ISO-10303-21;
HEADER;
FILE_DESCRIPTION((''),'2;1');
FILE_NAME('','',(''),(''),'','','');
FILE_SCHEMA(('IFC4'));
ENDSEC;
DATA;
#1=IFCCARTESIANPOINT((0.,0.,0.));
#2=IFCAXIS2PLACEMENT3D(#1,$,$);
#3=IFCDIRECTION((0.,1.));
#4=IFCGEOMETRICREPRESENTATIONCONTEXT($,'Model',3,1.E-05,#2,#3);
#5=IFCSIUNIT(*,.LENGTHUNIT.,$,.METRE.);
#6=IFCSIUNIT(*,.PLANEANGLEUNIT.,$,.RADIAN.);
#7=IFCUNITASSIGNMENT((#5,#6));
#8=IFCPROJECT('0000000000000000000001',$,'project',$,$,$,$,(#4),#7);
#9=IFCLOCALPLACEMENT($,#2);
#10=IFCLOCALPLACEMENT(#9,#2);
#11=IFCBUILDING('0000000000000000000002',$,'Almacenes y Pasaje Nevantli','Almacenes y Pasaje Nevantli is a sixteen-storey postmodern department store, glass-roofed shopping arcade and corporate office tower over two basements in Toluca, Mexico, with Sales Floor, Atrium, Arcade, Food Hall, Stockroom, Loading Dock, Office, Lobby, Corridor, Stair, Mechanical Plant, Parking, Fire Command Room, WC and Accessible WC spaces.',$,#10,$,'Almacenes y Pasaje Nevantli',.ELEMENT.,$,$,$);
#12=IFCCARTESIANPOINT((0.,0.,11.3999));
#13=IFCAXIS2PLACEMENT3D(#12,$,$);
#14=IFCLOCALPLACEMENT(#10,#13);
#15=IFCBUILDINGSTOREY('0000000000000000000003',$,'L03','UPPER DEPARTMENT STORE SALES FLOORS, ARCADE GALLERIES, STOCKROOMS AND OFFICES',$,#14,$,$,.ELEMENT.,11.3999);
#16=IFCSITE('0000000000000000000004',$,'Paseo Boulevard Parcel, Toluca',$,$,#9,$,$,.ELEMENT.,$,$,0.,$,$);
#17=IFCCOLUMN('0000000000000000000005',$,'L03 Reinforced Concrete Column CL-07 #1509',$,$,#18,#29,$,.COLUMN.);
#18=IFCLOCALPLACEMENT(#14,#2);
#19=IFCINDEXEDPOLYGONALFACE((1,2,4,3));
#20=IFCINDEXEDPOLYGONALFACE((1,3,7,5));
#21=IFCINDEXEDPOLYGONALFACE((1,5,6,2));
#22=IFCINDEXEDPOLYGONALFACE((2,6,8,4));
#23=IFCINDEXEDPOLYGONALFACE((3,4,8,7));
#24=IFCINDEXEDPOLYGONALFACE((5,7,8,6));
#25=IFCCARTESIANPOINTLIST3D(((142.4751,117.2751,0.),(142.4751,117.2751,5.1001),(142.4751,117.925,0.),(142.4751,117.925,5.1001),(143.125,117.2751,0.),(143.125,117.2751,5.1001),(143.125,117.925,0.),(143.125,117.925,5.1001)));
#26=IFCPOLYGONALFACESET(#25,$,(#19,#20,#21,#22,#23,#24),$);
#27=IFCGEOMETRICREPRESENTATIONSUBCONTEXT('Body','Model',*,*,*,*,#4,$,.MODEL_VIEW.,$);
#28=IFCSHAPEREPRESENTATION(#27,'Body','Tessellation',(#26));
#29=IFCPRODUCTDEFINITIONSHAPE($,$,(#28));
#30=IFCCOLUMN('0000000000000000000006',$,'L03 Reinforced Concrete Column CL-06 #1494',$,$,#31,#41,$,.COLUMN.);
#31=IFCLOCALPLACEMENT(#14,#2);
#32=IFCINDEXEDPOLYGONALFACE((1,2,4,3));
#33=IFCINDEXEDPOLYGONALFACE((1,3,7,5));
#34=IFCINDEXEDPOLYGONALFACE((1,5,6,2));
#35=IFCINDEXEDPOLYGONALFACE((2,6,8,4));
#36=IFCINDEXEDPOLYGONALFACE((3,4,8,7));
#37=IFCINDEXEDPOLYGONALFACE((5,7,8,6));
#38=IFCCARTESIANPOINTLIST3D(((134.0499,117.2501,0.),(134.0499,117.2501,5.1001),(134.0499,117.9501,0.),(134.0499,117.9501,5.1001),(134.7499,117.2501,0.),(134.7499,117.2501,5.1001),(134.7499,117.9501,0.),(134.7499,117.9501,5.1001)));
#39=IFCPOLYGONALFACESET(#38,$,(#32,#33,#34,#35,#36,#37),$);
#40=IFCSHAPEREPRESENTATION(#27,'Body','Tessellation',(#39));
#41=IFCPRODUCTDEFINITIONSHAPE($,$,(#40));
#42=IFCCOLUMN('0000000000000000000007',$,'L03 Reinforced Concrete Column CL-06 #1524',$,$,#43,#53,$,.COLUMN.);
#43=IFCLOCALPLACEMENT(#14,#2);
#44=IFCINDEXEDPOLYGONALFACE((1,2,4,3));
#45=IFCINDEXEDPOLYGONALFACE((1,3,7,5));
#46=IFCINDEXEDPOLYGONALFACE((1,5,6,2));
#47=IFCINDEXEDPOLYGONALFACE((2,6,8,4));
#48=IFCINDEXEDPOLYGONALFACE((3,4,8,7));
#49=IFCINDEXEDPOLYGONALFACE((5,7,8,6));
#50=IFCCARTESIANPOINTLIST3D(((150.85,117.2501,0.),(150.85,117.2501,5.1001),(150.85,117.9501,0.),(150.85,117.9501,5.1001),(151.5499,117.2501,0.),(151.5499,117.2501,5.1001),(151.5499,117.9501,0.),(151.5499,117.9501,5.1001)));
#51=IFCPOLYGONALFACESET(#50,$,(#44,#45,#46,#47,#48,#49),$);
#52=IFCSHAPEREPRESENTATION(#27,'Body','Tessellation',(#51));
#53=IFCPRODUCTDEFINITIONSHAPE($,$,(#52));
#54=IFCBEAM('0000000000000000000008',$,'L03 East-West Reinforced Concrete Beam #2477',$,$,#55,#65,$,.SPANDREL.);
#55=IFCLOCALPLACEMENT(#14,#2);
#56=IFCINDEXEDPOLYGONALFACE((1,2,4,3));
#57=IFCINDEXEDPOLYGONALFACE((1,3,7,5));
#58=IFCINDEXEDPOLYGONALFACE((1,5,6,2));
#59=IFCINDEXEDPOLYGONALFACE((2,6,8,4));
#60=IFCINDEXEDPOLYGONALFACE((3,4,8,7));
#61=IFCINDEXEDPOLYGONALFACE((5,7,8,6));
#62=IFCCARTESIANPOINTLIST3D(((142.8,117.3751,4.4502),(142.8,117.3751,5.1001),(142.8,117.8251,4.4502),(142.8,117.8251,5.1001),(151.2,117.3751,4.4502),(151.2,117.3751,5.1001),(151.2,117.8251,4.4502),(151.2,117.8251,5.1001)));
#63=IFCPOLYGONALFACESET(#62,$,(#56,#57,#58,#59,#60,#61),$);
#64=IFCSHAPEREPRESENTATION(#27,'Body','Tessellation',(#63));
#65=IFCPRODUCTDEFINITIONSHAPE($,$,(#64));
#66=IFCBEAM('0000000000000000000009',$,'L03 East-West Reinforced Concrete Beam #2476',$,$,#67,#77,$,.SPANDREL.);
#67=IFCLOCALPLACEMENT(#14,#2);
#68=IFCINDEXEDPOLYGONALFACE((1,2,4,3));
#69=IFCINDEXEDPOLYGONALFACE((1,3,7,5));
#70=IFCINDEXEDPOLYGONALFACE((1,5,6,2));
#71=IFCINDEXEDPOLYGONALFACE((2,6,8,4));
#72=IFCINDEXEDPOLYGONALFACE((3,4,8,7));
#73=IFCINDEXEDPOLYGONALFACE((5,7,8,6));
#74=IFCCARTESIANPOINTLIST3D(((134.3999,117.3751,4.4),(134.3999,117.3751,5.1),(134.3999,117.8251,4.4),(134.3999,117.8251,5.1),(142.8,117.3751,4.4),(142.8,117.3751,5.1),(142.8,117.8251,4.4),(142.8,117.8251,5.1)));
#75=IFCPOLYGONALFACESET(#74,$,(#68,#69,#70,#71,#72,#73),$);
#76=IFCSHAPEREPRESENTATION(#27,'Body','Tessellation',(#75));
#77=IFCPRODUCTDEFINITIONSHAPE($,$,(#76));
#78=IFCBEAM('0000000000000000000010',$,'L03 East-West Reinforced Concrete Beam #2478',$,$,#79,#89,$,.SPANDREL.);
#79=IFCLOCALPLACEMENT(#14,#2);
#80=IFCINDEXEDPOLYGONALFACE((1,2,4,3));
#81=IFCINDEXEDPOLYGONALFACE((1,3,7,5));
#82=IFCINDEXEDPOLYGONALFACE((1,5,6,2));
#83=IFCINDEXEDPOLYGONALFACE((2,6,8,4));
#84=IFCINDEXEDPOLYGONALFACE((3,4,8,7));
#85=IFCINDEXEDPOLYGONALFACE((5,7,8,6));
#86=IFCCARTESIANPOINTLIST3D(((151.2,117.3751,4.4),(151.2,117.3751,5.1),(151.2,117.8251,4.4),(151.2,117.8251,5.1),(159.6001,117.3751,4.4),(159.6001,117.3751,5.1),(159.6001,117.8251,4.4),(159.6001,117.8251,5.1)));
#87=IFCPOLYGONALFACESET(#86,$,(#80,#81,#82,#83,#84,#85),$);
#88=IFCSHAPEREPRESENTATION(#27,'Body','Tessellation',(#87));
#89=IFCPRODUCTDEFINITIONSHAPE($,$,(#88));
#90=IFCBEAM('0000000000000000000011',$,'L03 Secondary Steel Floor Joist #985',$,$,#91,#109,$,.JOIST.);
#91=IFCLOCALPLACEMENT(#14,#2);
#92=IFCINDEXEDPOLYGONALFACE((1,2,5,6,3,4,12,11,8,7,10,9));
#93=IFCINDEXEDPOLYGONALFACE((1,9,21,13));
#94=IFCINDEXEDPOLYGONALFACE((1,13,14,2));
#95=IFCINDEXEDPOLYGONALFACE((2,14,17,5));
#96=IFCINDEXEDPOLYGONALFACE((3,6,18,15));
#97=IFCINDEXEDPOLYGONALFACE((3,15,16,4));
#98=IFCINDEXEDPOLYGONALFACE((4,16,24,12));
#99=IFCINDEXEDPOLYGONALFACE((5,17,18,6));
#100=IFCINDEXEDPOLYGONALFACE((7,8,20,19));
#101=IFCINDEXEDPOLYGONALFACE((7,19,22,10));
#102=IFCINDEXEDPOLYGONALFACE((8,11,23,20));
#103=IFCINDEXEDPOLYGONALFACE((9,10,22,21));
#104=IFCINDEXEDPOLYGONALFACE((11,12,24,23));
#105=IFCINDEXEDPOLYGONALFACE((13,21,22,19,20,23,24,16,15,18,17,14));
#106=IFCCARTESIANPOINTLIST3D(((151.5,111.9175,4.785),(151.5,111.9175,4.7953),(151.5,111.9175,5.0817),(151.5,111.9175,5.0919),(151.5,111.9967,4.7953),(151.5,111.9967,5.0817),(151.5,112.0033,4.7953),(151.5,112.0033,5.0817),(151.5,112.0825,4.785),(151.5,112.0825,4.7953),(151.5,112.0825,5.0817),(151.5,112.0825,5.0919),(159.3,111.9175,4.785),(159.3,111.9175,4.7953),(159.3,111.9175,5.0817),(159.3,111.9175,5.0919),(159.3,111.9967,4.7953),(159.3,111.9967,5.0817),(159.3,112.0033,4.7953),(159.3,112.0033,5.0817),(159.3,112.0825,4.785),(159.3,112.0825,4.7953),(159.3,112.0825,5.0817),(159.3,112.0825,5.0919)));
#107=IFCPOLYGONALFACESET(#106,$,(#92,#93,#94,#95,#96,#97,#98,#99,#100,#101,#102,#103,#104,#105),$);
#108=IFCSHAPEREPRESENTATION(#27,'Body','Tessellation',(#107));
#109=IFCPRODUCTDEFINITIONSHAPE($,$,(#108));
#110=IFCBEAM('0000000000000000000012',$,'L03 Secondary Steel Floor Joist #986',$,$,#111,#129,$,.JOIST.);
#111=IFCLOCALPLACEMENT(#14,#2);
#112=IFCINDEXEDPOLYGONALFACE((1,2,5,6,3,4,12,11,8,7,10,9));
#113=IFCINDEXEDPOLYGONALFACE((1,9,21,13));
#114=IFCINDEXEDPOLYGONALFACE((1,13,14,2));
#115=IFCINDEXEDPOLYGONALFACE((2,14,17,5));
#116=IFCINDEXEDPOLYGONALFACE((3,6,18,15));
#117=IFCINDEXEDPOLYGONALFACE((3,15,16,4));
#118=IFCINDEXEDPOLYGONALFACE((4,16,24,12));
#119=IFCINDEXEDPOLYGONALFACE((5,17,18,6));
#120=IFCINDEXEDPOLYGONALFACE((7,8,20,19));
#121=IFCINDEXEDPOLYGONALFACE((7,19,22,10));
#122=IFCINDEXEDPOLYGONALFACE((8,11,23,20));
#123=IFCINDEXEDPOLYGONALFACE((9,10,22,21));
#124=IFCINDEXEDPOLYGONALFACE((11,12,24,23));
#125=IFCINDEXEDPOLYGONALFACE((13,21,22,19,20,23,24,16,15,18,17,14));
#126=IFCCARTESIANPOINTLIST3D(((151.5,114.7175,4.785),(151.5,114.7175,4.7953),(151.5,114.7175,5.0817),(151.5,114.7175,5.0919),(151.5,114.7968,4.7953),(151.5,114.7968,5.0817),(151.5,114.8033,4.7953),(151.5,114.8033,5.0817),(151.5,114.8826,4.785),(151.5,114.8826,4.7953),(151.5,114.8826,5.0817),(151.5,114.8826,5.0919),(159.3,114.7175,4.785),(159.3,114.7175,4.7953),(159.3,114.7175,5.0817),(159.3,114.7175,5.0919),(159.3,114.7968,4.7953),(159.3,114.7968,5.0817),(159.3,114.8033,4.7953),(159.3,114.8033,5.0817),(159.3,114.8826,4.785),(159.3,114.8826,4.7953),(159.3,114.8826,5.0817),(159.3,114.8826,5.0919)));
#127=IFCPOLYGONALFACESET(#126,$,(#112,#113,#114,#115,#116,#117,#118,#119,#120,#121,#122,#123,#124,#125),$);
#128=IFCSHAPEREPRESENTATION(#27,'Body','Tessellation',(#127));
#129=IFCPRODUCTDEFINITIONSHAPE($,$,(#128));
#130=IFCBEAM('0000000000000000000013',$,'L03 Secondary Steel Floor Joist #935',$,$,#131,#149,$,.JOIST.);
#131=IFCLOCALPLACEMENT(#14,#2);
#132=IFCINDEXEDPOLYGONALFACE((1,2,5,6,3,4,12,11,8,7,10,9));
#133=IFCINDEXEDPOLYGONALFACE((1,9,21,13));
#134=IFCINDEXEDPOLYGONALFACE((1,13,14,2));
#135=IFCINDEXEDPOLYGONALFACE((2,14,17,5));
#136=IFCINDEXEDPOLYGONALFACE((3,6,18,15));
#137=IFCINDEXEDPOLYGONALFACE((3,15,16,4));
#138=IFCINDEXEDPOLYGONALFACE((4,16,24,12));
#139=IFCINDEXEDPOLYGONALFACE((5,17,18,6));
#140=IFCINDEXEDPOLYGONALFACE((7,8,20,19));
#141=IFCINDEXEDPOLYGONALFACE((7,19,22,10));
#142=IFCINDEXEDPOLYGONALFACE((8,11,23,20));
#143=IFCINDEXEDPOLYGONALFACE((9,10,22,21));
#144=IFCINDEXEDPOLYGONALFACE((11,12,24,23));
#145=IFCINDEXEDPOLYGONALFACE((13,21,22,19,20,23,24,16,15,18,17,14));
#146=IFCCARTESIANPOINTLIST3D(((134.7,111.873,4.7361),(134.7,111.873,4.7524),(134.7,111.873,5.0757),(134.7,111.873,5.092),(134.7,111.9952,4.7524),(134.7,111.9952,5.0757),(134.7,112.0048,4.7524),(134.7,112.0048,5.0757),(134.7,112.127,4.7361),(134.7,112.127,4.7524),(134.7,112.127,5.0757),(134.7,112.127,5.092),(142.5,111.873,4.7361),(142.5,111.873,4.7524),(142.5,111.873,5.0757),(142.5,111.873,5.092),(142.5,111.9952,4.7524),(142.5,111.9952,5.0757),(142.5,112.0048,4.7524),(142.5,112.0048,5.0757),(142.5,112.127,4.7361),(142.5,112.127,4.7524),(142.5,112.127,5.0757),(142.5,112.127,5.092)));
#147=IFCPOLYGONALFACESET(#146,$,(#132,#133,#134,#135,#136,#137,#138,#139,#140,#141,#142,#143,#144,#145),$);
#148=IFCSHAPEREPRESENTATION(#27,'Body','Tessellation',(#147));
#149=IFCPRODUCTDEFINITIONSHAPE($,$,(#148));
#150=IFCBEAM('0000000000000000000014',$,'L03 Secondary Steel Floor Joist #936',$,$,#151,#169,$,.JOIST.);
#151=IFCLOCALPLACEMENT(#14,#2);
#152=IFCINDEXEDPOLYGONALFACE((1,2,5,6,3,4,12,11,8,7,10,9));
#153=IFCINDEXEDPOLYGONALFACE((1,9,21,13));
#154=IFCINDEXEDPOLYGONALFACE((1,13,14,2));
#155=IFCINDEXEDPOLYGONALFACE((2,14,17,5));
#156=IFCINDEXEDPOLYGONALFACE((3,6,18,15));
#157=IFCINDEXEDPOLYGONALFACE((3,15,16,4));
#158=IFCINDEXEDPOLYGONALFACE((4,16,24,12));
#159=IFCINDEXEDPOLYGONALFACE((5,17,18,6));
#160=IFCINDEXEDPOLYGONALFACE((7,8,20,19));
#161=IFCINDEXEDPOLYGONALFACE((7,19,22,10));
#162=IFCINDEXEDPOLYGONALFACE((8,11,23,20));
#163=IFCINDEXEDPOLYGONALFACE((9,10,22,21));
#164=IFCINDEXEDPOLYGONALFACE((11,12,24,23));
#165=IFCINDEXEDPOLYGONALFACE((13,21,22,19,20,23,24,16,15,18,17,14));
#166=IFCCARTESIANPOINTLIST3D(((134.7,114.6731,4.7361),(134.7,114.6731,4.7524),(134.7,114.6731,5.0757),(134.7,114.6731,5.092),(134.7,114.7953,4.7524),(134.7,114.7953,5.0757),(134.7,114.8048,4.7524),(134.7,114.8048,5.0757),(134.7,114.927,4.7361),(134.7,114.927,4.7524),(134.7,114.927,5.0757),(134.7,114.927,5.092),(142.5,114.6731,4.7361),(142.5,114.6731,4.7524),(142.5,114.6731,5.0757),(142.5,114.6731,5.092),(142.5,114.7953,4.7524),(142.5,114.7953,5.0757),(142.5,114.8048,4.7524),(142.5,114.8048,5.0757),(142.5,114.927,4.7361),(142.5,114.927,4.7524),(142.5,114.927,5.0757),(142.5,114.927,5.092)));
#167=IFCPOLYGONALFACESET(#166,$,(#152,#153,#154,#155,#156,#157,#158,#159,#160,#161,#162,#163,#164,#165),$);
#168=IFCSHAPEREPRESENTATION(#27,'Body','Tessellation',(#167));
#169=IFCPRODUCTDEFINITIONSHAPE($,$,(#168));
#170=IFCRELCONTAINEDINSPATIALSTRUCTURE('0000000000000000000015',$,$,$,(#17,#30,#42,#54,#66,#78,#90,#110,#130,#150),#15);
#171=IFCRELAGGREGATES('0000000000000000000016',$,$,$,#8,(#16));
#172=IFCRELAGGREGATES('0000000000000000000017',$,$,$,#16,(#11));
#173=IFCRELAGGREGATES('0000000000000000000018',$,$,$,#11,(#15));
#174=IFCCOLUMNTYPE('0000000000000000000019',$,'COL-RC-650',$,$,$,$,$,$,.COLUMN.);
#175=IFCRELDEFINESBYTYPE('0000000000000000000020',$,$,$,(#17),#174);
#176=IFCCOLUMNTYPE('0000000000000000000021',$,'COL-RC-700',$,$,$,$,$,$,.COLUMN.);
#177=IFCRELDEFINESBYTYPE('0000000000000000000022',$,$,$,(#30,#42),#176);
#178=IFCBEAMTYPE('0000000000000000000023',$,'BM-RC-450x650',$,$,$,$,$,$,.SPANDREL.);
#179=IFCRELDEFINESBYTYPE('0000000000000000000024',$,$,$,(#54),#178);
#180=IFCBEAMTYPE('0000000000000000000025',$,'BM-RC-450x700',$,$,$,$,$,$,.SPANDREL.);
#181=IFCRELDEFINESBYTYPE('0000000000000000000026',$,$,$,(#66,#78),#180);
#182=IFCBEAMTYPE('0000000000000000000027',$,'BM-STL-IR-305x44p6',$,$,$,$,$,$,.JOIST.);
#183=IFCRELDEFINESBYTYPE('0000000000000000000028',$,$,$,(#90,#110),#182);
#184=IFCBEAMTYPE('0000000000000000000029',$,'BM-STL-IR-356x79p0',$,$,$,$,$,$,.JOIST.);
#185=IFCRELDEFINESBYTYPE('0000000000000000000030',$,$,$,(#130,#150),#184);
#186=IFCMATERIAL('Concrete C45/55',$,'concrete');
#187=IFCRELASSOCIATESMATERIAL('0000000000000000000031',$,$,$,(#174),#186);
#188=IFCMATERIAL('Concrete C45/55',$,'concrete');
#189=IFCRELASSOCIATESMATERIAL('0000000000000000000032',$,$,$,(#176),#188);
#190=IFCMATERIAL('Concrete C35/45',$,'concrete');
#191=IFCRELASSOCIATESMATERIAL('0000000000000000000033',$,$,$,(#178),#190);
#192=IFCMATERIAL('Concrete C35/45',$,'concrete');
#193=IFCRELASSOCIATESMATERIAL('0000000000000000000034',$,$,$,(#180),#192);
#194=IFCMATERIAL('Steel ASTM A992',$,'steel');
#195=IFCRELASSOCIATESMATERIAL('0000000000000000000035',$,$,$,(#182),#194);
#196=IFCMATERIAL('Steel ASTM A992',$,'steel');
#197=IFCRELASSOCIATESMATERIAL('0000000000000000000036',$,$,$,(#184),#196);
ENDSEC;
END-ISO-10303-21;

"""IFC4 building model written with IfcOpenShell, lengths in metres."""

from ifc_helpers import new_model, si_unit, direction, frame, origin, origin_2d, place, context, subcontext, project, spatial, rectangle, i_section, extrude, material, material_profile, profile_set, type_object, element, save


model = new_model("IFC4")

# Units and contexts
model_context = context("Model", 3, precision=1e-05, world=origin(), true_north=direction((0.0, 1.0)))
body_context = subcontext(model_context, "Body", "Model", "MODEL_VIEW")
ifc_project = project(units=[si_unit("LENGTHUNIT", "METRE"), si_unit("PLANEANGLEUNIT", "RADIAN")], contexts=[model_context])

# Site, building, storey
site_placement = place(None, origin())
site = spatial("IfcSite", under=ifc_project, at=site_placement, Name="Paseo Boulevard Parcel, Toluca", CompositionType="ELEMENT", RefElevation=0.0)
building_placement = place(site_placement, origin())
building = spatial("IfcBuilding", under=site, at=building_placement, Name="Almacenes y Pasaje Nevantli", Description="Almacenes y Pasaje Nevantli is a sixteen-storey postmodern department store, glass-roofed shopping arcade and corporate office tower over two basements in Toluca, Mexico, with Sales Floor, Atrium, Arcade, Food Hall, Stockroom, Loading Dock, Office, Lobby, Corridor, Stair, Mechanical Plant, Parking, Fire Command Room, WC and Accessible WC spaces.", LongName="Almacenes y Pasaje Nevantli", CompositionType="ELEMENT")
storey_placement = place(building_placement, frame((0.0, 0.0, 11.3999)))
storey = spatial("IfcBuildingStorey", under=building, at=storey_placement, Name="L03", Description="UPPER DEPARTMENT STORE SALES FLOORS, ARCADE GALLERIES, STOCKROOMS AND OFFICES", CompositionType="ELEMENT", Elevation=11.3999)

# Columns
ifc_material_1 = material(Name="Concrete C45/55", Category="concrete")
ifc_material_profile_1 = material_profile(ifc_material_1, rectangle(XDim=0.6499, YDim=0.6499, at=origin_2d()), Name="RC-COL-650x650")
ifc_profile_set_1 = profile_set([ifc_material_profile_1], Name="Concrete C45/55")
column_type_1 = type_object("IfcColumnType", Name="COL-RC-650", PredefinedType="COLUMN", material=ifc_profile_set_1)
column_placement = place(storey_placement, frame((142.8, 117.6001, 0.0), z_axis=(0.0, 0.0, 1.0), x_axis=(1.0, 0.0, 0.0)))
element("IfcColumn", 1, at=column_placement, inside=storey, type_object=column_type_1, Name="L03 Reinforced Concrete Column CL-07 #1509", PredefinedType="COLUMN", context=body_context, shape_type="SweptSolid", body=[
    extrude(rectangle(XDim=0.6499, YDim=0.6499, at=origin_2d()), origin(), (0.0, 0.0, 1.0), 5.1001),
])
ifc_material_2 = material(Name="Concrete C45/55", Category="concrete")
ifc_material_profile_2 = material_profile(ifc_material_2, rectangle(XDim=0.7, YDim=0.7, at=origin_2d()), Name="RC-COL-700x700")
ifc_profile_set_2 = profile_set([ifc_material_profile_2], Name="Concrete C45/55")
column_type_2 = type_object("IfcColumnType", Name="COL-RC-700", PredefinedType="COLUMN", material=ifc_profile_set_2)
for number, where, z_axis, x_axis, name in (
    (2, (134.3999, 117.6001, 0.0), (0.0, 0.0, 1.0), (1.0, 0.0, 0.0), "L03 Reinforced Concrete Column CL-06 #1494"),
    (3, (151.2, 117.6001, 0.0), (0.0, 0.0, 1.0), (1.0, 0.0, 0.0), "L03 Reinforced Concrete Column CL-06 #1524"),
):
    element("IfcColumn", number, at=place(storey_placement, frame(where, z_axis=z_axis, x_axis=x_axis)), inside=storey, type_object=column_type_2, Name=name, PredefinedType="COLUMN", context=body_context, shape_type="SweptSolid", body=[
        extrude(rectangle(XDim=0.7, YDim=0.7, at=origin_2d()), origin(), (0.0, 0.0, 1.0), 5.1001),
    ])

# Beams
ifc_material_3 = material(Name="Concrete C35/45", Category="concrete")
ifc_material_profile_3 = material_profile(ifc_material_3, rectangle(XDim=0.45, YDim=0.6499, at=origin_2d()), Name="RC-BM-450x650")
ifc_profile_set_3 = profile_set([ifc_material_profile_3], Name="Concrete C35/45")
beam_type_1 = type_object("IfcBeamType", Name="BM-RC-450x650", PredefinedType="SPANDREL", material=ifc_profile_set_3)
beam_placement = place(storey_placement, frame((142.8, 117.6001, 4.7751), z_axis=(1.0, 0.0, 0.0), x_axis=(0.0, 1.0, 0.0)))
element("IfcBeam", 4, at=beam_placement, inside=storey, type_object=beam_type_1, Name="L03 East-West Reinforced Concrete Beam #2477", PredefinedType="SPANDREL", context=body_context, shape_type="SweptSolid", body=[
    extrude(rectangle(XDim=0.45, YDim=0.6499, at=origin_2d()), origin(), (0.0, 0.0, 1.0), 8.3999),
])
ifc_material_4 = material(Name="Concrete C35/45", Category="concrete")
ifc_material_profile_4 = material_profile(ifc_material_4, rectangle(XDim=0.45, YDim=0.7, at=origin_2d()), Name="RC-BM-450x700")
ifc_profile_set_4 = profile_set([ifc_material_profile_4], Name="Concrete C35/45")
beam_type_2 = type_object("IfcBeamType", Name="BM-RC-450x700", PredefinedType="SPANDREL", material=ifc_profile_set_4)
for number, where, z_axis, x_axis, name in (
    (5, (134.3999, 117.6001, 4.75), (1.0, 0.0, 0.0), (0.0, 1.0, 0.0), "L03 East-West Reinforced Concrete Beam #2476"),
    (6, (151.2, 117.6001, 4.75), (1.0, 0.0, 0.0), (0.0, 1.0, 0.0), "L03 East-West Reinforced Concrete Beam #2478"),
):
    element("IfcBeam", number, at=place(storey_placement, frame(where, z_axis=z_axis, x_axis=x_axis)), inside=storey, type_object=beam_type_2, Name=name, PredefinedType="SPANDREL", context=body_context, shape_type="SweptSolid", body=[
        extrude(rectangle(XDim=0.45, YDim=0.7, at=origin_2d()), origin(), (0.0, 0.0, 1.0), 8.4001),
    ])
ifc_material_5 = material(Name="Steel ASTM A992", Category="steel")
ifc_material_profile_5 = material_profile(ifc_material_5, i_section(OverallWidth=0.165, OverallDepth=0.3069, WebThickness=0.0066, FlangeThickness=0.0103, at=origin_2d()), Name="IR 305x44.6")
ifc_profile_set_5 = profile_set([ifc_material_profile_5], Name="Steel ASTM A992")
beam_type_3 = type_object("IfcBeamType", Name="BM-STL-IR-305x44p6", PredefinedType="JOIST", material=ifc_profile_set_5)
for number, where, z_axis, x_axis, name in (
    (7, (151.5, 112.0, 4.9385), (1.0, 0.0, 0.0), (0.0, 1.0, 0.0), "L03 Secondary Steel Floor Joist #985"),
    (8, (151.5, 114.8, 4.9385), (1.0, 0.0, 0.0), (0.0, 1.0, 0.0), "L03 Secondary Steel Floor Joist #986"),
):
    element("IfcBeam", number, at=place(storey_placement, frame(where, z_axis=z_axis, x_axis=x_axis)), inside=storey, type_object=beam_type_3, Name=name, PredefinedType="JOIST", context=body_context, shape_type="SweptSolid", body=[
        extrude(i_section(OverallWidth=0.165, OverallDepth=0.3069, WebThickness=0.0066, FlangeThickness=0.0103, at=origin_2d()), origin(), (0.0, 0.0, 1.0), 7.8),
    ])
ifc_material_6 = material(Name="Steel ASTM A992", Category="steel")
ifc_material_profile_6 = material_profile(ifc_material_6, i_section(OverallWidth=0.2539, OverallDepth=0.356, WebThickness=0.0095, FlangeThickness=0.0164, at=origin_2d()), Name="IR 356x79.0")
ifc_profile_set_6 = profile_set([ifc_material_profile_6], Name="Steel ASTM A992")
beam_type_4 = type_object("IfcBeamType", Name="BM-STL-IR-356x79p0", PredefinedType="JOIST", material=ifc_profile_set_6)
for number, where, z_axis, x_axis, name in (
    (9, (134.7, 112.0, 4.9141), (1.0, 0.0, 0.0), (0.0, 1.0, 0.0), "L03 Secondary Steel Floor Joist #935"),
    (10, (134.7, 114.8, 4.9141), (1.0, 0.0, 0.0), (0.0, 1.0, 0.0), "L03 Secondary Steel Floor Joist #936"),
):
    element("IfcBeam", number, at=place(storey_placement, frame(where, z_axis=z_axis, x_axis=x_axis)), inside=storey, type_object=beam_type_4, Name=name, PredefinedType="JOIST", context=body_context, shape_type="SweptSolid", body=[
        extrude(i_section(OverallWidth=0.2539, OverallDepth=0.356, WebThickness=0.0095, FlangeThickness=0.0164, at=origin_2d()), origin(), (0.0, 0.0, 1.0), 7.8),
    ])

save(model, "model.ifc")
